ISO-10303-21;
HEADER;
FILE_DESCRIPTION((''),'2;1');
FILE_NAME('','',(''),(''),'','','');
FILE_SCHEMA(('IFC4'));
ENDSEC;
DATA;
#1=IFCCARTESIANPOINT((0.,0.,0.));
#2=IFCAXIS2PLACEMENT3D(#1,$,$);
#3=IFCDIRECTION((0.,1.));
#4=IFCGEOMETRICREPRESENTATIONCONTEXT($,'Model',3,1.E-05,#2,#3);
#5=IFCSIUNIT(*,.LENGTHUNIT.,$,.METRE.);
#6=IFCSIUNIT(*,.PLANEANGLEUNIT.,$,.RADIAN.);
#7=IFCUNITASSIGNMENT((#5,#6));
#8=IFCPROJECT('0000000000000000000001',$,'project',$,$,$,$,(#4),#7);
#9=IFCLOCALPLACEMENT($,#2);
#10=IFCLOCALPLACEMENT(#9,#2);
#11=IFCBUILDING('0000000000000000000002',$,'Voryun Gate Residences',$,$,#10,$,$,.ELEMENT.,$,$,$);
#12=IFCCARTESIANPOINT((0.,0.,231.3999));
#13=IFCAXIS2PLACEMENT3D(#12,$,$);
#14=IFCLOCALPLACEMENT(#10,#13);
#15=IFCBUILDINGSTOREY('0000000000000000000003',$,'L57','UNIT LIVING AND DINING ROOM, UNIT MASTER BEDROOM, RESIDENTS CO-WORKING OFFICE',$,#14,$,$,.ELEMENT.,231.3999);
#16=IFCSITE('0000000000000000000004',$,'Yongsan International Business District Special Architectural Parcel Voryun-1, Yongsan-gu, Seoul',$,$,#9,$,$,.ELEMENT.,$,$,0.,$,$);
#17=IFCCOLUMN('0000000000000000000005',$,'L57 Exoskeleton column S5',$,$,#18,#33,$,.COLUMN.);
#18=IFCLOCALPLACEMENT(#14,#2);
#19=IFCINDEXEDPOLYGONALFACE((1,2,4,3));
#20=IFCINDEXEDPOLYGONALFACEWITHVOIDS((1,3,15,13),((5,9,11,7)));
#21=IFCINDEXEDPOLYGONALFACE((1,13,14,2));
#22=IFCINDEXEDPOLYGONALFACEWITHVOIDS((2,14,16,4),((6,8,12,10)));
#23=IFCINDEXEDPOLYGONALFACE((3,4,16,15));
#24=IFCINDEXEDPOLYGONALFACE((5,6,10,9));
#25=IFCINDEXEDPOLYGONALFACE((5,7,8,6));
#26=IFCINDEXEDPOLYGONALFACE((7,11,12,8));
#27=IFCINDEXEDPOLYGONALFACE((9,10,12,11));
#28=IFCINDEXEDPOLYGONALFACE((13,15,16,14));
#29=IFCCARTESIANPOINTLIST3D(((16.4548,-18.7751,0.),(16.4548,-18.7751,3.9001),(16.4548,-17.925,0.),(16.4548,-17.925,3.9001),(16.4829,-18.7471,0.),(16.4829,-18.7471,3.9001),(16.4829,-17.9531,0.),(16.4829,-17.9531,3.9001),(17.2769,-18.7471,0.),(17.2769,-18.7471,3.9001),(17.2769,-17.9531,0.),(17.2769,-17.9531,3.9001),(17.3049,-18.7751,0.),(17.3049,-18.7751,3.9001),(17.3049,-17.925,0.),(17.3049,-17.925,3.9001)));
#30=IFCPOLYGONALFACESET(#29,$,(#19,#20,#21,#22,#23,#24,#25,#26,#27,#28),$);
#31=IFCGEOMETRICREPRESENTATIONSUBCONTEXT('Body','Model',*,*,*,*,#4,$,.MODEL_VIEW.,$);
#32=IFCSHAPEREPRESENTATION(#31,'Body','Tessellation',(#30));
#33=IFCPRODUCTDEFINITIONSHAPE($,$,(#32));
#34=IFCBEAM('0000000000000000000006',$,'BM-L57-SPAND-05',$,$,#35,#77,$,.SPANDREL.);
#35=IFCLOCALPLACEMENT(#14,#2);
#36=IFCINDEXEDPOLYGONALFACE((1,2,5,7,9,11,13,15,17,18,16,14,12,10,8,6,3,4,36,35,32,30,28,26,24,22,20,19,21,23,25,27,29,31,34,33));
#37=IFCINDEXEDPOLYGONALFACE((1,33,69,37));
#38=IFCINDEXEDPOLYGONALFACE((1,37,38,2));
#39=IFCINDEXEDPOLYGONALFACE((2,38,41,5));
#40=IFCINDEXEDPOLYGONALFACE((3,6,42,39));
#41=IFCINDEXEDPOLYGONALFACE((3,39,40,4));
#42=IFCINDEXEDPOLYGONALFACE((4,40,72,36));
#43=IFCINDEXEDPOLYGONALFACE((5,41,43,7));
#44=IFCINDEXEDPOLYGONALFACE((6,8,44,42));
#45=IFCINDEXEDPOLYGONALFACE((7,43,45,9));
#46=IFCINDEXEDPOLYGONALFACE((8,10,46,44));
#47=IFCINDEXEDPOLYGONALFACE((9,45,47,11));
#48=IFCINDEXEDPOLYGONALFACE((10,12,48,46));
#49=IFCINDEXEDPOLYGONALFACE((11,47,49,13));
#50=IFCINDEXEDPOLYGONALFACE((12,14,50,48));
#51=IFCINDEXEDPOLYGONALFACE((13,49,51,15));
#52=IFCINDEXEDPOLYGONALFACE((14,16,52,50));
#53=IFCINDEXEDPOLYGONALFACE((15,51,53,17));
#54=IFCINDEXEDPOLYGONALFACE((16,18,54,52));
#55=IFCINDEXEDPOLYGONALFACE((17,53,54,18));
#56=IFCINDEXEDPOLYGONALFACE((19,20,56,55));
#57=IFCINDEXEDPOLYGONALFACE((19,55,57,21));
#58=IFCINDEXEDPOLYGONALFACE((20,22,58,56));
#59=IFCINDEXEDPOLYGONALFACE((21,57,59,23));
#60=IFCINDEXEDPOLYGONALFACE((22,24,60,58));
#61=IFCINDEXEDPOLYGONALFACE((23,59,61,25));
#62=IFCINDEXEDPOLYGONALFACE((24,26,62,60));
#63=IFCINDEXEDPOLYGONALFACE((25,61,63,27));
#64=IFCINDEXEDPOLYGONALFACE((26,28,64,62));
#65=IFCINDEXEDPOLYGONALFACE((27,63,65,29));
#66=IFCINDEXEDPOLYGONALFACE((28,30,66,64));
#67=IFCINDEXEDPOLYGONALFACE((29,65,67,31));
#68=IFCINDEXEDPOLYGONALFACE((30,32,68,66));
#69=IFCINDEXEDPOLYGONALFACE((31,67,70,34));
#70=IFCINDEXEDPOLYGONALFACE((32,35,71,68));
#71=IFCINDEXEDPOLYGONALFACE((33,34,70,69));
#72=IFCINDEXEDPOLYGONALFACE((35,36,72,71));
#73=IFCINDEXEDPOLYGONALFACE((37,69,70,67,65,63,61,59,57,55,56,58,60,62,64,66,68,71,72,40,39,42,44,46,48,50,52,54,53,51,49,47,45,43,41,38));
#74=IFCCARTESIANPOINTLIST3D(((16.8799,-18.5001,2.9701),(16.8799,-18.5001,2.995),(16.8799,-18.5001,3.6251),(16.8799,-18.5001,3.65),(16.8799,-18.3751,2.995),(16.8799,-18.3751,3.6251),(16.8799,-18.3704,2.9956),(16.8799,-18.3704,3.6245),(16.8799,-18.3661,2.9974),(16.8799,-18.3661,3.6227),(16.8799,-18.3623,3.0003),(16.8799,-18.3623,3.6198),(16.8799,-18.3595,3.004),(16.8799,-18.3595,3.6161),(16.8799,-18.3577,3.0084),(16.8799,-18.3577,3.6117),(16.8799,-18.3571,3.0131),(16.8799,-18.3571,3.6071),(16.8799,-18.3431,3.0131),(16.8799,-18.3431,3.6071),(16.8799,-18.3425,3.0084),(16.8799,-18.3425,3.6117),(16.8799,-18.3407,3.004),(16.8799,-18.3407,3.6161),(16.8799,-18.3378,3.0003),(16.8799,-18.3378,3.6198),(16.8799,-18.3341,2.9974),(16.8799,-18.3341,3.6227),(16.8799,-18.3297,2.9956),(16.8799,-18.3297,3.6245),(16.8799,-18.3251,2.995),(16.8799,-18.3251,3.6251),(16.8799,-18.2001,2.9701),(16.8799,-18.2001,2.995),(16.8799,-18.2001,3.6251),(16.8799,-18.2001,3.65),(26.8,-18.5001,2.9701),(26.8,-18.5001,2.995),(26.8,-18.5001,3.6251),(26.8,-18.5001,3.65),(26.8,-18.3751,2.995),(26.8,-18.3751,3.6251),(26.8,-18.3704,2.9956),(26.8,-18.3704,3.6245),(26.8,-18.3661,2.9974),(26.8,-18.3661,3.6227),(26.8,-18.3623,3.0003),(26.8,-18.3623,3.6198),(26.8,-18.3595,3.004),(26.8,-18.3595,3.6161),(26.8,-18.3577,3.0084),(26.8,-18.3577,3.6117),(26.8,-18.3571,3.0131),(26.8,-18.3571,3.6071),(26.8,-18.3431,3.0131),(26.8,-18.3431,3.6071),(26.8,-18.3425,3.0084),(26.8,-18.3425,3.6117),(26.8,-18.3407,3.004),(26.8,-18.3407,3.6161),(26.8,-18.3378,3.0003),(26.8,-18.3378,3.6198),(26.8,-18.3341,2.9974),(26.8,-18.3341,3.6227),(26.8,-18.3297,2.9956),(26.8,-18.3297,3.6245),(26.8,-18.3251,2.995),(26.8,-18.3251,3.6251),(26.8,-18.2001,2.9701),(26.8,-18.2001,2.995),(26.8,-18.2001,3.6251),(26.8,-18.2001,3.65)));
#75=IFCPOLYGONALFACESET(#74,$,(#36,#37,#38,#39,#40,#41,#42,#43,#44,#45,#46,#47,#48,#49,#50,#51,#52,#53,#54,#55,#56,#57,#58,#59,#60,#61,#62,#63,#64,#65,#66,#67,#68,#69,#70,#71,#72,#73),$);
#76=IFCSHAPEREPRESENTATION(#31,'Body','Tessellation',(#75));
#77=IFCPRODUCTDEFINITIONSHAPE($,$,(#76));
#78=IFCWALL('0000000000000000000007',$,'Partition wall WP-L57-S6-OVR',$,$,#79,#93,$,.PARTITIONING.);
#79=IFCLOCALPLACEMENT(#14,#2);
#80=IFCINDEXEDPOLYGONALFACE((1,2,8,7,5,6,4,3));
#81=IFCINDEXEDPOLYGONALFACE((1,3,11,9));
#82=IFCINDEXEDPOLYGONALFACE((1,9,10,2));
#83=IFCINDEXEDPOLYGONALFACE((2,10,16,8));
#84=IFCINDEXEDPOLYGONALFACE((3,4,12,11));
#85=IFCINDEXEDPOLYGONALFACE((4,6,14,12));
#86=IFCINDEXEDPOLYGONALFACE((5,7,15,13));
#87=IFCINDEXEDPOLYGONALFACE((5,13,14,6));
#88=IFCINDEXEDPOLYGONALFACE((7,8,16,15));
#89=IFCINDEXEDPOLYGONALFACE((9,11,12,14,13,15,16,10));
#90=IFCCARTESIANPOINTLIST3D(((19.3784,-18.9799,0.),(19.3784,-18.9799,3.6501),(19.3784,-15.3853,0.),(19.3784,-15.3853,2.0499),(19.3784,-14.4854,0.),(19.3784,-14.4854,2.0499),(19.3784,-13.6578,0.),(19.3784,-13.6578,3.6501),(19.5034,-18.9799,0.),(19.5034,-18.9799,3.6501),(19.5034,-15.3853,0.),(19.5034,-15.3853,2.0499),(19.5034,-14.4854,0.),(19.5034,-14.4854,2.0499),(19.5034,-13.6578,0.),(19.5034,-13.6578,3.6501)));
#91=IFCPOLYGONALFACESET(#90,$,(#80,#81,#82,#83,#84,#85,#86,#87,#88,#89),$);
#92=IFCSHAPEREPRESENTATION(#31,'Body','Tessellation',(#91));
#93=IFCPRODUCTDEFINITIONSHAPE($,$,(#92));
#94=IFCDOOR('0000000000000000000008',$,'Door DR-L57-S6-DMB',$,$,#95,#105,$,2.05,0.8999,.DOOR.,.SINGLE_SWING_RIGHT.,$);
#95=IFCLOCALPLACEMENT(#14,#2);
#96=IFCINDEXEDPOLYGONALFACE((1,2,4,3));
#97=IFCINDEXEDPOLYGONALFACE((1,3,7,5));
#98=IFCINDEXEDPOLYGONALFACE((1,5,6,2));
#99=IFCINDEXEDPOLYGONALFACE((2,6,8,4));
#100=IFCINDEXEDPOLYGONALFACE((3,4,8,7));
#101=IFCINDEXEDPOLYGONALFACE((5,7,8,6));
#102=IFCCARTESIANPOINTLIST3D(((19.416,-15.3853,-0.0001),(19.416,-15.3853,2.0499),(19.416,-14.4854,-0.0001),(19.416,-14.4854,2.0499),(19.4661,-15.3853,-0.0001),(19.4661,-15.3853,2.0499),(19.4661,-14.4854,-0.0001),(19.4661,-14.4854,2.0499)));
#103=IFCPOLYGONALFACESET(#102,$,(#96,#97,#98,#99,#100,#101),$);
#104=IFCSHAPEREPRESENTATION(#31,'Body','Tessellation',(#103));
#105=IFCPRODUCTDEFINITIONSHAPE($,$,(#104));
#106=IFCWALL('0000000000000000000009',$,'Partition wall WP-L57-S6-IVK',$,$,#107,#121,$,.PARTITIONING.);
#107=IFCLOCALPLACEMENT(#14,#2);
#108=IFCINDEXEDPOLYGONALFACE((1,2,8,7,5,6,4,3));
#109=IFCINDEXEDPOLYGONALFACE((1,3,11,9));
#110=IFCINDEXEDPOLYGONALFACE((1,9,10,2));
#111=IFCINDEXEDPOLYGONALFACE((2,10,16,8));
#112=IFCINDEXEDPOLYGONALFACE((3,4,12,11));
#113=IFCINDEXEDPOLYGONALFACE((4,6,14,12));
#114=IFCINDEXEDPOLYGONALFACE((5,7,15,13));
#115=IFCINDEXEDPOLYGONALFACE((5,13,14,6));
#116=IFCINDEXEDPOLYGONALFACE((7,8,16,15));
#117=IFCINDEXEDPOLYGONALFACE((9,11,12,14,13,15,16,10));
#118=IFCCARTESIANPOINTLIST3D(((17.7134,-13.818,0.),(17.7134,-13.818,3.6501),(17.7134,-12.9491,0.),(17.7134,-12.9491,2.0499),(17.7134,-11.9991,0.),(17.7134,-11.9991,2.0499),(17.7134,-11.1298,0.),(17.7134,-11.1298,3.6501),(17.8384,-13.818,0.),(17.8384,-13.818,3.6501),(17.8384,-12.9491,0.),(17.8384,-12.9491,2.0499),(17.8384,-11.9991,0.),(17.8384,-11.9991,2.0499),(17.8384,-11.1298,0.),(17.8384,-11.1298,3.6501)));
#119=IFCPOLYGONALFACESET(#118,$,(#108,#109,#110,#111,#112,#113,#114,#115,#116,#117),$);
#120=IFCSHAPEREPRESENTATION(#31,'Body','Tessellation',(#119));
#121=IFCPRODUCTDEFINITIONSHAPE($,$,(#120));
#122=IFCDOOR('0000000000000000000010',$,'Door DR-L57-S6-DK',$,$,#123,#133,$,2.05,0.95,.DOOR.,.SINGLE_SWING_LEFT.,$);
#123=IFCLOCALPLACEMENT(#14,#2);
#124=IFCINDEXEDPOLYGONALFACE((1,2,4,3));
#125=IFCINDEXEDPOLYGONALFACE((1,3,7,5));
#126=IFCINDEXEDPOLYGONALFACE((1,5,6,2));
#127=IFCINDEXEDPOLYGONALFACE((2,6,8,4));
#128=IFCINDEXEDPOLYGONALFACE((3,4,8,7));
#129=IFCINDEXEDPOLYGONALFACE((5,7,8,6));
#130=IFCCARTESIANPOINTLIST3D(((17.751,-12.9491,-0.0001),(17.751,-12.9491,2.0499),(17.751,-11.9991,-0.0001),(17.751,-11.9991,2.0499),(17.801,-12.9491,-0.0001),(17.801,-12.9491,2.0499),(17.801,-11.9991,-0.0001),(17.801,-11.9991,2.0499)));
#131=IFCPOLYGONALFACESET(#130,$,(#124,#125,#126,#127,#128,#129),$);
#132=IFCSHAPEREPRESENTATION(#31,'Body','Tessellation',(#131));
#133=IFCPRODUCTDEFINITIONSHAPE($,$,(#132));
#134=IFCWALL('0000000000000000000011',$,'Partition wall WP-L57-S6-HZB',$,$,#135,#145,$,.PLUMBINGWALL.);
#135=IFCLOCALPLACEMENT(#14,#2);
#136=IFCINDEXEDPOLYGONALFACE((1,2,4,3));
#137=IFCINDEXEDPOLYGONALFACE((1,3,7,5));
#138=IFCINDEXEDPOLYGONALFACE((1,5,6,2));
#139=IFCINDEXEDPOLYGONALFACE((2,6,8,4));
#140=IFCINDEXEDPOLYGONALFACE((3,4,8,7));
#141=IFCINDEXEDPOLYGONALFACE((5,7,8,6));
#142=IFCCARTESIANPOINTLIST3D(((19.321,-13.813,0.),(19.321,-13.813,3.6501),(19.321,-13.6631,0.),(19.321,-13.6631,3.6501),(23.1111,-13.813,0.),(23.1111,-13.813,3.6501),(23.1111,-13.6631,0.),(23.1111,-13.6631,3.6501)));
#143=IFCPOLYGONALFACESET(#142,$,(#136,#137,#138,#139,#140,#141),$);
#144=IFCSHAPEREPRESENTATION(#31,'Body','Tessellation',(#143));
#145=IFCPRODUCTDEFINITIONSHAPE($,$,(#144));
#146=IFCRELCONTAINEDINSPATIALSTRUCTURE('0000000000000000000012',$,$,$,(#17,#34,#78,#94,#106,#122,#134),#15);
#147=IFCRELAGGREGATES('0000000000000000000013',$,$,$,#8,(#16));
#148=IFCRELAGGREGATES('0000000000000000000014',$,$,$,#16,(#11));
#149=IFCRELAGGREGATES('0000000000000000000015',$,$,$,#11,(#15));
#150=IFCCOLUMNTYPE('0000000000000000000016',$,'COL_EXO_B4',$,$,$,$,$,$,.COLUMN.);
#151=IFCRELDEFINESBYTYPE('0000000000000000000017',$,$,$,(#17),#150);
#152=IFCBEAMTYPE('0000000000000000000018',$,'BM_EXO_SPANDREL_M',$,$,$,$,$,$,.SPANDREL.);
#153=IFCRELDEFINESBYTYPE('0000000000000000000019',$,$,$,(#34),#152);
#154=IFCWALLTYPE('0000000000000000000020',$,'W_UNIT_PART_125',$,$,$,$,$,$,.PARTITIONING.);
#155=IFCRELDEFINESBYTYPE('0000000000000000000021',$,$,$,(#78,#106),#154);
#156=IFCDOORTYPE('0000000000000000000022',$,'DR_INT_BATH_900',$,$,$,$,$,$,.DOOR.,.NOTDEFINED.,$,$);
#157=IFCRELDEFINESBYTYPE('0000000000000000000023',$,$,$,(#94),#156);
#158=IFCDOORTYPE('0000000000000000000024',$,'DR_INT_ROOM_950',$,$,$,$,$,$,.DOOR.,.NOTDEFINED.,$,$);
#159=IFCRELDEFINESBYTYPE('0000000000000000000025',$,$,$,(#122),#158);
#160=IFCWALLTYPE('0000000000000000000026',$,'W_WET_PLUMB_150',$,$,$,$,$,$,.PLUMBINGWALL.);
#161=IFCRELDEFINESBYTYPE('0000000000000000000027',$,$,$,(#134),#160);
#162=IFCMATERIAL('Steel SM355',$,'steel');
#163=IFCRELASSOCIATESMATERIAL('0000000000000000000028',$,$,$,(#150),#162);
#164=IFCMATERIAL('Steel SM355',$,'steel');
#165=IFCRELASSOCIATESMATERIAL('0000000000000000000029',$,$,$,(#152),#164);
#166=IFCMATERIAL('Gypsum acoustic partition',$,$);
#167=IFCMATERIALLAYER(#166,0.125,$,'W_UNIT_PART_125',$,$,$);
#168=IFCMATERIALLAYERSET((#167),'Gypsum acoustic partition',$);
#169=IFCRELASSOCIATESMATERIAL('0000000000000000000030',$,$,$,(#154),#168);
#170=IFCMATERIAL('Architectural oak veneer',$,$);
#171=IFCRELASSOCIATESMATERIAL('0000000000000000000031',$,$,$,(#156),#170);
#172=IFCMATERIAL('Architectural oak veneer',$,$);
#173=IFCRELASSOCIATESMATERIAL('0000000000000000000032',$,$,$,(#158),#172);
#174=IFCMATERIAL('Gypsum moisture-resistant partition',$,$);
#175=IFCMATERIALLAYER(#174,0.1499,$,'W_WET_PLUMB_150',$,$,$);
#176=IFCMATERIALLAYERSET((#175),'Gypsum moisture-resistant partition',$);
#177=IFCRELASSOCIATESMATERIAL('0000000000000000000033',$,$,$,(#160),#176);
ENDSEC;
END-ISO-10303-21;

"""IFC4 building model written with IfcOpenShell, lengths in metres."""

from ifc_helpers import new_model, si_unit, direction, frame, frame_2d, origin, origin_2d, place, context, subcontext, project, spatial, rectangle, hollow_rectangle, i_section, extrude, material, layer, layer_set, material_profile, profile_set, type_object, element, fill, save


model = new_model("IFC4")

# Units and contexts
model_context = context("Model", 3, precision=1e-05, world=origin(), true_north=direction((0.0, 1.0)))
body_context = subcontext(model_context, "Body", "Model", "MODEL_VIEW")
ifc_project = project(units=[si_unit("LENGTHUNIT", "METRE"), si_unit("PLANEANGLEUNIT", "RADIAN")], contexts=[model_context])

# Site, building, storey
site_placement = place(None, origin())
site = spatial("IfcSite", under=ifc_project, at=site_placement, Name="Yongsan International Business District Special Architectural Parcel Voryun-1, Yongsan-gu, Seoul", CompositionType="ELEMENT", RefElevation=0.0)
building_placement = place(site_placement, origin())
building = spatial("IfcBuilding", under=site, at=building_placement, Name="Voryun Gate Residences", CompositionType="ELEMENT")
storey_placement = place(building_placement, frame((0.0, 0.0, 231.3999)))
storey = spatial("IfcBuildingStorey", under=building, at=storey_placement, Name="L57", Description="UNIT LIVING AND DINING ROOM, UNIT MASTER BEDROOM, RESIDENTS CO-WORKING OFFICE", CompositionType="ELEMENT", Elevation=231.3999)

# Column
ifc_material_1 = material(Name="Steel SM355", Category="steel")
ifc_material_profile_1 = material_profile(ifc_material_1, hollow_rectangle(XDim=0.8501, YDim=0.8501, WallThickness=0.0281, at=origin_2d()), Name="BOX-850x850x28")
ifc_profile_set_1 = profile_set([ifc_material_profile_1], Name="Steel SM355")
column_type = type_object("IfcColumnType", Name="COL_EXO_B4", PredefinedType="COLUMN", material=ifc_profile_set_1)
column_placement = place(storey_placement, frame((16.8799, -18.3501, 0.0), z_axis=(0.0, 0.0, 1.0), x_axis=(1.0, 0.0, 0.0)))
element("IfcColumn", 1, at=column_placement, inside=storey, type_object=column_type, Name="L57 Exoskeleton column S5", PredefinedType="COLUMN", context=body_context, shape_type="SweptSolid", body=[
    extrude(hollow_rectangle(XDim=0.8501, YDim=0.8501, WallThickness=0.0281, at=origin_2d()), origin(), (0.0, 0.0, 1.0), 3.9001),
])

# Beam
ifc_material_2 = material(Name="Steel SM355", Category="steel")
ifc_material_profile_2 = material_profile(ifc_material_2, i_section(OverallWidth=0.3, OverallDepth=0.6799, WebThickness=0.0139, FlangeThickness=0.0249, FilletRadius=0.0181, at=origin_2d()), Name="H-680x300x14x25")
ifc_profile_set_2 = profile_set([ifc_material_profile_2], Name="Steel SM355")
beam_type = type_object("IfcBeamType", Name="BM_EXO_SPANDREL_M", PredefinedType="SPANDREL", material=ifc_profile_set_2)
beam_placement = place(storey_placement, frame((16.8799, -18.3501, 3.3101), z_axis=(1.0, 0.0, 0.0), x_axis=(0.0, 1.0, 0.0)))
element("IfcBeam", 2, at=beam_placement, inside=storey, type_object=beam_type, Name="BM-L57-SPAND-05", PredefinedType="SPANDREL", context=body_context, shape_type="SweptSolid", body=[
    extrude(i_section(OverallWidth=0.3, OverallDepth=0.6799, WebThickness=0.0139, FlangeThickness=0.0249, FilletRadius=0.0181, at=origin_2d()), origin(), (0.0, 0.0, 1.0), 9.9202),
])

# Walls, openings, doors
ifc_material_3 = material(Name="Gypsum acoustic partition")
ifc_layer_1 = layer(ifc_material_3, 0.125, Name="W_UNIT_PART_125")
ifc_layer_set_1 = layer_set([ifc_layer_1], Name="Gypsum acoustic partition")
wall_type_1 = type_object("IfcWallType", Name="W_UNIT_PART_125", PredefinedType="PARTITIONING", material=ifc_layer_set_1)
wall_1_placement = place(storey_placement, frame((19.4409, -18.98, 0.0), z_axis=(0.0, 0.0, 1.0), x_axis=(0.0, 1.0, 0.0)))
wall_1 = element("IfcWall", 3, at=wall_1_placement, inside=storey, type_object=wall_type_1, Name="Partition wall WP-L57-S6-OVR", PredefinedType="PARTITIONING", context=body_context, shape_type="SweptSolid", body=[
    extrude(rectangle(XDim=5.322, YDim=0.125, at=frame_2d((2.6611, 0.0))), origin(), (0.0, 0.0, 1.0), 3.6501),
])
opening_1_placement = place(wall_1_placement, frame((3.5947, 0.0, 0.0)))
opening_1 = element("IfcOpeningElement", 4, at=opening_1_placement, cuts=wall_1, PredefinedType="OPENING", context=body_context, shape_type="SweptSolid", body=[
    extrude(rectangle(XDim=0.8999, YDim=2.05, at=frame_2d((0.45, 1.0249))), frame((0.0, 0.0725, 0.0), z_axis=(0.0, -1.0, 0.0), x_axis=(1.0, 0.0, 0.0)), (0.0, 0.0, 1.0), 0.145),
])
ifc_material_4 = material(Name="Architectural oak veneer")
door_type_1 = type_object("IfcDoorType", Name="DR_INT_BATH_900", OperationType="NOTDEFINED", PredefinedType="DOOR", material=ifc_material_4)
door_1_placement = place(opening_1_placement, origin())
door_1 = element("IfcDoor", 5, at=door_1_placement, inside=storey, type_object=door_type_1, Name="Door DR-L57-S6-DMB", OperationType="SINGLE_SWING_RIGHT", OverallHeight=2.05, OverallWidth=0.8999, PredefinedType="DOOR", context=body_context, shape_type="SweptSolid", body=[
    extrude(rectangle(XDim=0.8999, YDim=2.05, at=frame_2d((0.45, 1.0249))), frame((0.0, 0.0249, 0.0), z_axis=(0.0, -1.0, 0.0), x_axis=(1.0, 0.0, 0.0)), (0.0, 0.0, 1.0), 0.05),
])
fill(opening_1, door_1)
wall_2_placement = place(storey_placement, frame((17.7759, -13.8181, 0.0), z_axis=(0.0, 0.0, 1.0), x_axis=(0.0, 1.0, 0.0)))
wall_2 = element("IfcWall", 6, at=wall_2_placement, inside=storey, type_object=wall_type_1, Name="Partition wall WP-L57-S6-IVK", PredefinedType="PARTITIONING", context=body_context, shape_type="SweptSolid", body=[
    extrude(rectangle(XDim=2.6882, YDim=0.125, at=frame_2d((1.3442, 0.0))), origin(), (0.0, 0.0, 1.0), 3.6501),
])
opening_2_placement = place(wall_2_placement, frame((0.8689, 0.0, 0.0)))
opening_2 = element("IfcOpeningElement", 7, at=opening_2_placement, cuts=wall_2, PredefinedType="OPENING", context=body_context, shape_type="SweptSolid", body=[
    extrude(rectangle(XDim=0.95, YDim=2.05, at=frame_2d((0.4751, 1.0249))), frame((0.0, 0.0725, 0.0), z_axis=(0.0, -1.0, 0.0), x_axis=(1.0, 0.0, 0.0)), (0.0, 0.0, 1.0), 0.145),
])
ifc_material_5 = material(Name="Architectural oak veneer")
door_type_2 = type_object("IfcDoorType", Name="DR_INT_ROOM_950", OperationType="NOTDEFINED", PredefinedType="DOOR", material=ifc_material_5)
door_2_placement = place(opening_2_placement, origin())
door_2 = element("IfcDoor", 8, at=door_2_placement, inside=storey, type_object=door_type_2, Name="Door DR-L57-S6-DK", OperationType="SINGLE_SWING_LEFT", OverallHeight=2.05, OverallWidth=0.95, PredefinedType="DOOR", context=body_context, shape_type="SweptSolid", body=[
    extrude(rectangle(XDim=0.95, YDim=2.05, at=frame_2d((0.4751, 1.0249))), frame((0.0, 0.0249, 0.0), z_axis=(0.0, -1.0, 0.0), x_axis=(1.0, 0.0, 0.0)), (0.0, 0.0, 1.0), 0.05),
])
fill(opening_2, door_2)

# Wall
ifc_material_6 = material(Name="Gypsum moisture-resistant partition")
ifc_layer_2 = layer(ifc_material_6, 0.1499, Name="W_WET_PLUMB_150")
ifc_layer_set_2 = layer_set([ifc_layer_2], Name="Gypsum moisture-resistant partition")
wall_type_2 = type_object("IfcWallType", Name="W_WET_PLUMB_150", PredefinedType="PLUMBINGWALL", material=ifc_layer_set_2)
wall_3_placement = place(storey_placement, frame((19.321, -13.738, 0.0), z_axis=(0.0, 0.0, 1.0), x_axis=(1.0, 0.0, 0.0)))
element("IfcWall", 9, at=wall_3_placement, inside=storey, type_object=wall_type_2, Name="Partition wall WP-L57-S6-HZB", PredefinedType="PLUMBINGWALL", context=body_context, shape_type="SweptSolid", body=[
    extrude(rectangle(XDim=3.79, YDim=0.1499, at=frame_2d((1.895, 0.0))), origin(), (0.0, 0.0, 1.0), 3.6501),
])

save(model, "model.ifc")
